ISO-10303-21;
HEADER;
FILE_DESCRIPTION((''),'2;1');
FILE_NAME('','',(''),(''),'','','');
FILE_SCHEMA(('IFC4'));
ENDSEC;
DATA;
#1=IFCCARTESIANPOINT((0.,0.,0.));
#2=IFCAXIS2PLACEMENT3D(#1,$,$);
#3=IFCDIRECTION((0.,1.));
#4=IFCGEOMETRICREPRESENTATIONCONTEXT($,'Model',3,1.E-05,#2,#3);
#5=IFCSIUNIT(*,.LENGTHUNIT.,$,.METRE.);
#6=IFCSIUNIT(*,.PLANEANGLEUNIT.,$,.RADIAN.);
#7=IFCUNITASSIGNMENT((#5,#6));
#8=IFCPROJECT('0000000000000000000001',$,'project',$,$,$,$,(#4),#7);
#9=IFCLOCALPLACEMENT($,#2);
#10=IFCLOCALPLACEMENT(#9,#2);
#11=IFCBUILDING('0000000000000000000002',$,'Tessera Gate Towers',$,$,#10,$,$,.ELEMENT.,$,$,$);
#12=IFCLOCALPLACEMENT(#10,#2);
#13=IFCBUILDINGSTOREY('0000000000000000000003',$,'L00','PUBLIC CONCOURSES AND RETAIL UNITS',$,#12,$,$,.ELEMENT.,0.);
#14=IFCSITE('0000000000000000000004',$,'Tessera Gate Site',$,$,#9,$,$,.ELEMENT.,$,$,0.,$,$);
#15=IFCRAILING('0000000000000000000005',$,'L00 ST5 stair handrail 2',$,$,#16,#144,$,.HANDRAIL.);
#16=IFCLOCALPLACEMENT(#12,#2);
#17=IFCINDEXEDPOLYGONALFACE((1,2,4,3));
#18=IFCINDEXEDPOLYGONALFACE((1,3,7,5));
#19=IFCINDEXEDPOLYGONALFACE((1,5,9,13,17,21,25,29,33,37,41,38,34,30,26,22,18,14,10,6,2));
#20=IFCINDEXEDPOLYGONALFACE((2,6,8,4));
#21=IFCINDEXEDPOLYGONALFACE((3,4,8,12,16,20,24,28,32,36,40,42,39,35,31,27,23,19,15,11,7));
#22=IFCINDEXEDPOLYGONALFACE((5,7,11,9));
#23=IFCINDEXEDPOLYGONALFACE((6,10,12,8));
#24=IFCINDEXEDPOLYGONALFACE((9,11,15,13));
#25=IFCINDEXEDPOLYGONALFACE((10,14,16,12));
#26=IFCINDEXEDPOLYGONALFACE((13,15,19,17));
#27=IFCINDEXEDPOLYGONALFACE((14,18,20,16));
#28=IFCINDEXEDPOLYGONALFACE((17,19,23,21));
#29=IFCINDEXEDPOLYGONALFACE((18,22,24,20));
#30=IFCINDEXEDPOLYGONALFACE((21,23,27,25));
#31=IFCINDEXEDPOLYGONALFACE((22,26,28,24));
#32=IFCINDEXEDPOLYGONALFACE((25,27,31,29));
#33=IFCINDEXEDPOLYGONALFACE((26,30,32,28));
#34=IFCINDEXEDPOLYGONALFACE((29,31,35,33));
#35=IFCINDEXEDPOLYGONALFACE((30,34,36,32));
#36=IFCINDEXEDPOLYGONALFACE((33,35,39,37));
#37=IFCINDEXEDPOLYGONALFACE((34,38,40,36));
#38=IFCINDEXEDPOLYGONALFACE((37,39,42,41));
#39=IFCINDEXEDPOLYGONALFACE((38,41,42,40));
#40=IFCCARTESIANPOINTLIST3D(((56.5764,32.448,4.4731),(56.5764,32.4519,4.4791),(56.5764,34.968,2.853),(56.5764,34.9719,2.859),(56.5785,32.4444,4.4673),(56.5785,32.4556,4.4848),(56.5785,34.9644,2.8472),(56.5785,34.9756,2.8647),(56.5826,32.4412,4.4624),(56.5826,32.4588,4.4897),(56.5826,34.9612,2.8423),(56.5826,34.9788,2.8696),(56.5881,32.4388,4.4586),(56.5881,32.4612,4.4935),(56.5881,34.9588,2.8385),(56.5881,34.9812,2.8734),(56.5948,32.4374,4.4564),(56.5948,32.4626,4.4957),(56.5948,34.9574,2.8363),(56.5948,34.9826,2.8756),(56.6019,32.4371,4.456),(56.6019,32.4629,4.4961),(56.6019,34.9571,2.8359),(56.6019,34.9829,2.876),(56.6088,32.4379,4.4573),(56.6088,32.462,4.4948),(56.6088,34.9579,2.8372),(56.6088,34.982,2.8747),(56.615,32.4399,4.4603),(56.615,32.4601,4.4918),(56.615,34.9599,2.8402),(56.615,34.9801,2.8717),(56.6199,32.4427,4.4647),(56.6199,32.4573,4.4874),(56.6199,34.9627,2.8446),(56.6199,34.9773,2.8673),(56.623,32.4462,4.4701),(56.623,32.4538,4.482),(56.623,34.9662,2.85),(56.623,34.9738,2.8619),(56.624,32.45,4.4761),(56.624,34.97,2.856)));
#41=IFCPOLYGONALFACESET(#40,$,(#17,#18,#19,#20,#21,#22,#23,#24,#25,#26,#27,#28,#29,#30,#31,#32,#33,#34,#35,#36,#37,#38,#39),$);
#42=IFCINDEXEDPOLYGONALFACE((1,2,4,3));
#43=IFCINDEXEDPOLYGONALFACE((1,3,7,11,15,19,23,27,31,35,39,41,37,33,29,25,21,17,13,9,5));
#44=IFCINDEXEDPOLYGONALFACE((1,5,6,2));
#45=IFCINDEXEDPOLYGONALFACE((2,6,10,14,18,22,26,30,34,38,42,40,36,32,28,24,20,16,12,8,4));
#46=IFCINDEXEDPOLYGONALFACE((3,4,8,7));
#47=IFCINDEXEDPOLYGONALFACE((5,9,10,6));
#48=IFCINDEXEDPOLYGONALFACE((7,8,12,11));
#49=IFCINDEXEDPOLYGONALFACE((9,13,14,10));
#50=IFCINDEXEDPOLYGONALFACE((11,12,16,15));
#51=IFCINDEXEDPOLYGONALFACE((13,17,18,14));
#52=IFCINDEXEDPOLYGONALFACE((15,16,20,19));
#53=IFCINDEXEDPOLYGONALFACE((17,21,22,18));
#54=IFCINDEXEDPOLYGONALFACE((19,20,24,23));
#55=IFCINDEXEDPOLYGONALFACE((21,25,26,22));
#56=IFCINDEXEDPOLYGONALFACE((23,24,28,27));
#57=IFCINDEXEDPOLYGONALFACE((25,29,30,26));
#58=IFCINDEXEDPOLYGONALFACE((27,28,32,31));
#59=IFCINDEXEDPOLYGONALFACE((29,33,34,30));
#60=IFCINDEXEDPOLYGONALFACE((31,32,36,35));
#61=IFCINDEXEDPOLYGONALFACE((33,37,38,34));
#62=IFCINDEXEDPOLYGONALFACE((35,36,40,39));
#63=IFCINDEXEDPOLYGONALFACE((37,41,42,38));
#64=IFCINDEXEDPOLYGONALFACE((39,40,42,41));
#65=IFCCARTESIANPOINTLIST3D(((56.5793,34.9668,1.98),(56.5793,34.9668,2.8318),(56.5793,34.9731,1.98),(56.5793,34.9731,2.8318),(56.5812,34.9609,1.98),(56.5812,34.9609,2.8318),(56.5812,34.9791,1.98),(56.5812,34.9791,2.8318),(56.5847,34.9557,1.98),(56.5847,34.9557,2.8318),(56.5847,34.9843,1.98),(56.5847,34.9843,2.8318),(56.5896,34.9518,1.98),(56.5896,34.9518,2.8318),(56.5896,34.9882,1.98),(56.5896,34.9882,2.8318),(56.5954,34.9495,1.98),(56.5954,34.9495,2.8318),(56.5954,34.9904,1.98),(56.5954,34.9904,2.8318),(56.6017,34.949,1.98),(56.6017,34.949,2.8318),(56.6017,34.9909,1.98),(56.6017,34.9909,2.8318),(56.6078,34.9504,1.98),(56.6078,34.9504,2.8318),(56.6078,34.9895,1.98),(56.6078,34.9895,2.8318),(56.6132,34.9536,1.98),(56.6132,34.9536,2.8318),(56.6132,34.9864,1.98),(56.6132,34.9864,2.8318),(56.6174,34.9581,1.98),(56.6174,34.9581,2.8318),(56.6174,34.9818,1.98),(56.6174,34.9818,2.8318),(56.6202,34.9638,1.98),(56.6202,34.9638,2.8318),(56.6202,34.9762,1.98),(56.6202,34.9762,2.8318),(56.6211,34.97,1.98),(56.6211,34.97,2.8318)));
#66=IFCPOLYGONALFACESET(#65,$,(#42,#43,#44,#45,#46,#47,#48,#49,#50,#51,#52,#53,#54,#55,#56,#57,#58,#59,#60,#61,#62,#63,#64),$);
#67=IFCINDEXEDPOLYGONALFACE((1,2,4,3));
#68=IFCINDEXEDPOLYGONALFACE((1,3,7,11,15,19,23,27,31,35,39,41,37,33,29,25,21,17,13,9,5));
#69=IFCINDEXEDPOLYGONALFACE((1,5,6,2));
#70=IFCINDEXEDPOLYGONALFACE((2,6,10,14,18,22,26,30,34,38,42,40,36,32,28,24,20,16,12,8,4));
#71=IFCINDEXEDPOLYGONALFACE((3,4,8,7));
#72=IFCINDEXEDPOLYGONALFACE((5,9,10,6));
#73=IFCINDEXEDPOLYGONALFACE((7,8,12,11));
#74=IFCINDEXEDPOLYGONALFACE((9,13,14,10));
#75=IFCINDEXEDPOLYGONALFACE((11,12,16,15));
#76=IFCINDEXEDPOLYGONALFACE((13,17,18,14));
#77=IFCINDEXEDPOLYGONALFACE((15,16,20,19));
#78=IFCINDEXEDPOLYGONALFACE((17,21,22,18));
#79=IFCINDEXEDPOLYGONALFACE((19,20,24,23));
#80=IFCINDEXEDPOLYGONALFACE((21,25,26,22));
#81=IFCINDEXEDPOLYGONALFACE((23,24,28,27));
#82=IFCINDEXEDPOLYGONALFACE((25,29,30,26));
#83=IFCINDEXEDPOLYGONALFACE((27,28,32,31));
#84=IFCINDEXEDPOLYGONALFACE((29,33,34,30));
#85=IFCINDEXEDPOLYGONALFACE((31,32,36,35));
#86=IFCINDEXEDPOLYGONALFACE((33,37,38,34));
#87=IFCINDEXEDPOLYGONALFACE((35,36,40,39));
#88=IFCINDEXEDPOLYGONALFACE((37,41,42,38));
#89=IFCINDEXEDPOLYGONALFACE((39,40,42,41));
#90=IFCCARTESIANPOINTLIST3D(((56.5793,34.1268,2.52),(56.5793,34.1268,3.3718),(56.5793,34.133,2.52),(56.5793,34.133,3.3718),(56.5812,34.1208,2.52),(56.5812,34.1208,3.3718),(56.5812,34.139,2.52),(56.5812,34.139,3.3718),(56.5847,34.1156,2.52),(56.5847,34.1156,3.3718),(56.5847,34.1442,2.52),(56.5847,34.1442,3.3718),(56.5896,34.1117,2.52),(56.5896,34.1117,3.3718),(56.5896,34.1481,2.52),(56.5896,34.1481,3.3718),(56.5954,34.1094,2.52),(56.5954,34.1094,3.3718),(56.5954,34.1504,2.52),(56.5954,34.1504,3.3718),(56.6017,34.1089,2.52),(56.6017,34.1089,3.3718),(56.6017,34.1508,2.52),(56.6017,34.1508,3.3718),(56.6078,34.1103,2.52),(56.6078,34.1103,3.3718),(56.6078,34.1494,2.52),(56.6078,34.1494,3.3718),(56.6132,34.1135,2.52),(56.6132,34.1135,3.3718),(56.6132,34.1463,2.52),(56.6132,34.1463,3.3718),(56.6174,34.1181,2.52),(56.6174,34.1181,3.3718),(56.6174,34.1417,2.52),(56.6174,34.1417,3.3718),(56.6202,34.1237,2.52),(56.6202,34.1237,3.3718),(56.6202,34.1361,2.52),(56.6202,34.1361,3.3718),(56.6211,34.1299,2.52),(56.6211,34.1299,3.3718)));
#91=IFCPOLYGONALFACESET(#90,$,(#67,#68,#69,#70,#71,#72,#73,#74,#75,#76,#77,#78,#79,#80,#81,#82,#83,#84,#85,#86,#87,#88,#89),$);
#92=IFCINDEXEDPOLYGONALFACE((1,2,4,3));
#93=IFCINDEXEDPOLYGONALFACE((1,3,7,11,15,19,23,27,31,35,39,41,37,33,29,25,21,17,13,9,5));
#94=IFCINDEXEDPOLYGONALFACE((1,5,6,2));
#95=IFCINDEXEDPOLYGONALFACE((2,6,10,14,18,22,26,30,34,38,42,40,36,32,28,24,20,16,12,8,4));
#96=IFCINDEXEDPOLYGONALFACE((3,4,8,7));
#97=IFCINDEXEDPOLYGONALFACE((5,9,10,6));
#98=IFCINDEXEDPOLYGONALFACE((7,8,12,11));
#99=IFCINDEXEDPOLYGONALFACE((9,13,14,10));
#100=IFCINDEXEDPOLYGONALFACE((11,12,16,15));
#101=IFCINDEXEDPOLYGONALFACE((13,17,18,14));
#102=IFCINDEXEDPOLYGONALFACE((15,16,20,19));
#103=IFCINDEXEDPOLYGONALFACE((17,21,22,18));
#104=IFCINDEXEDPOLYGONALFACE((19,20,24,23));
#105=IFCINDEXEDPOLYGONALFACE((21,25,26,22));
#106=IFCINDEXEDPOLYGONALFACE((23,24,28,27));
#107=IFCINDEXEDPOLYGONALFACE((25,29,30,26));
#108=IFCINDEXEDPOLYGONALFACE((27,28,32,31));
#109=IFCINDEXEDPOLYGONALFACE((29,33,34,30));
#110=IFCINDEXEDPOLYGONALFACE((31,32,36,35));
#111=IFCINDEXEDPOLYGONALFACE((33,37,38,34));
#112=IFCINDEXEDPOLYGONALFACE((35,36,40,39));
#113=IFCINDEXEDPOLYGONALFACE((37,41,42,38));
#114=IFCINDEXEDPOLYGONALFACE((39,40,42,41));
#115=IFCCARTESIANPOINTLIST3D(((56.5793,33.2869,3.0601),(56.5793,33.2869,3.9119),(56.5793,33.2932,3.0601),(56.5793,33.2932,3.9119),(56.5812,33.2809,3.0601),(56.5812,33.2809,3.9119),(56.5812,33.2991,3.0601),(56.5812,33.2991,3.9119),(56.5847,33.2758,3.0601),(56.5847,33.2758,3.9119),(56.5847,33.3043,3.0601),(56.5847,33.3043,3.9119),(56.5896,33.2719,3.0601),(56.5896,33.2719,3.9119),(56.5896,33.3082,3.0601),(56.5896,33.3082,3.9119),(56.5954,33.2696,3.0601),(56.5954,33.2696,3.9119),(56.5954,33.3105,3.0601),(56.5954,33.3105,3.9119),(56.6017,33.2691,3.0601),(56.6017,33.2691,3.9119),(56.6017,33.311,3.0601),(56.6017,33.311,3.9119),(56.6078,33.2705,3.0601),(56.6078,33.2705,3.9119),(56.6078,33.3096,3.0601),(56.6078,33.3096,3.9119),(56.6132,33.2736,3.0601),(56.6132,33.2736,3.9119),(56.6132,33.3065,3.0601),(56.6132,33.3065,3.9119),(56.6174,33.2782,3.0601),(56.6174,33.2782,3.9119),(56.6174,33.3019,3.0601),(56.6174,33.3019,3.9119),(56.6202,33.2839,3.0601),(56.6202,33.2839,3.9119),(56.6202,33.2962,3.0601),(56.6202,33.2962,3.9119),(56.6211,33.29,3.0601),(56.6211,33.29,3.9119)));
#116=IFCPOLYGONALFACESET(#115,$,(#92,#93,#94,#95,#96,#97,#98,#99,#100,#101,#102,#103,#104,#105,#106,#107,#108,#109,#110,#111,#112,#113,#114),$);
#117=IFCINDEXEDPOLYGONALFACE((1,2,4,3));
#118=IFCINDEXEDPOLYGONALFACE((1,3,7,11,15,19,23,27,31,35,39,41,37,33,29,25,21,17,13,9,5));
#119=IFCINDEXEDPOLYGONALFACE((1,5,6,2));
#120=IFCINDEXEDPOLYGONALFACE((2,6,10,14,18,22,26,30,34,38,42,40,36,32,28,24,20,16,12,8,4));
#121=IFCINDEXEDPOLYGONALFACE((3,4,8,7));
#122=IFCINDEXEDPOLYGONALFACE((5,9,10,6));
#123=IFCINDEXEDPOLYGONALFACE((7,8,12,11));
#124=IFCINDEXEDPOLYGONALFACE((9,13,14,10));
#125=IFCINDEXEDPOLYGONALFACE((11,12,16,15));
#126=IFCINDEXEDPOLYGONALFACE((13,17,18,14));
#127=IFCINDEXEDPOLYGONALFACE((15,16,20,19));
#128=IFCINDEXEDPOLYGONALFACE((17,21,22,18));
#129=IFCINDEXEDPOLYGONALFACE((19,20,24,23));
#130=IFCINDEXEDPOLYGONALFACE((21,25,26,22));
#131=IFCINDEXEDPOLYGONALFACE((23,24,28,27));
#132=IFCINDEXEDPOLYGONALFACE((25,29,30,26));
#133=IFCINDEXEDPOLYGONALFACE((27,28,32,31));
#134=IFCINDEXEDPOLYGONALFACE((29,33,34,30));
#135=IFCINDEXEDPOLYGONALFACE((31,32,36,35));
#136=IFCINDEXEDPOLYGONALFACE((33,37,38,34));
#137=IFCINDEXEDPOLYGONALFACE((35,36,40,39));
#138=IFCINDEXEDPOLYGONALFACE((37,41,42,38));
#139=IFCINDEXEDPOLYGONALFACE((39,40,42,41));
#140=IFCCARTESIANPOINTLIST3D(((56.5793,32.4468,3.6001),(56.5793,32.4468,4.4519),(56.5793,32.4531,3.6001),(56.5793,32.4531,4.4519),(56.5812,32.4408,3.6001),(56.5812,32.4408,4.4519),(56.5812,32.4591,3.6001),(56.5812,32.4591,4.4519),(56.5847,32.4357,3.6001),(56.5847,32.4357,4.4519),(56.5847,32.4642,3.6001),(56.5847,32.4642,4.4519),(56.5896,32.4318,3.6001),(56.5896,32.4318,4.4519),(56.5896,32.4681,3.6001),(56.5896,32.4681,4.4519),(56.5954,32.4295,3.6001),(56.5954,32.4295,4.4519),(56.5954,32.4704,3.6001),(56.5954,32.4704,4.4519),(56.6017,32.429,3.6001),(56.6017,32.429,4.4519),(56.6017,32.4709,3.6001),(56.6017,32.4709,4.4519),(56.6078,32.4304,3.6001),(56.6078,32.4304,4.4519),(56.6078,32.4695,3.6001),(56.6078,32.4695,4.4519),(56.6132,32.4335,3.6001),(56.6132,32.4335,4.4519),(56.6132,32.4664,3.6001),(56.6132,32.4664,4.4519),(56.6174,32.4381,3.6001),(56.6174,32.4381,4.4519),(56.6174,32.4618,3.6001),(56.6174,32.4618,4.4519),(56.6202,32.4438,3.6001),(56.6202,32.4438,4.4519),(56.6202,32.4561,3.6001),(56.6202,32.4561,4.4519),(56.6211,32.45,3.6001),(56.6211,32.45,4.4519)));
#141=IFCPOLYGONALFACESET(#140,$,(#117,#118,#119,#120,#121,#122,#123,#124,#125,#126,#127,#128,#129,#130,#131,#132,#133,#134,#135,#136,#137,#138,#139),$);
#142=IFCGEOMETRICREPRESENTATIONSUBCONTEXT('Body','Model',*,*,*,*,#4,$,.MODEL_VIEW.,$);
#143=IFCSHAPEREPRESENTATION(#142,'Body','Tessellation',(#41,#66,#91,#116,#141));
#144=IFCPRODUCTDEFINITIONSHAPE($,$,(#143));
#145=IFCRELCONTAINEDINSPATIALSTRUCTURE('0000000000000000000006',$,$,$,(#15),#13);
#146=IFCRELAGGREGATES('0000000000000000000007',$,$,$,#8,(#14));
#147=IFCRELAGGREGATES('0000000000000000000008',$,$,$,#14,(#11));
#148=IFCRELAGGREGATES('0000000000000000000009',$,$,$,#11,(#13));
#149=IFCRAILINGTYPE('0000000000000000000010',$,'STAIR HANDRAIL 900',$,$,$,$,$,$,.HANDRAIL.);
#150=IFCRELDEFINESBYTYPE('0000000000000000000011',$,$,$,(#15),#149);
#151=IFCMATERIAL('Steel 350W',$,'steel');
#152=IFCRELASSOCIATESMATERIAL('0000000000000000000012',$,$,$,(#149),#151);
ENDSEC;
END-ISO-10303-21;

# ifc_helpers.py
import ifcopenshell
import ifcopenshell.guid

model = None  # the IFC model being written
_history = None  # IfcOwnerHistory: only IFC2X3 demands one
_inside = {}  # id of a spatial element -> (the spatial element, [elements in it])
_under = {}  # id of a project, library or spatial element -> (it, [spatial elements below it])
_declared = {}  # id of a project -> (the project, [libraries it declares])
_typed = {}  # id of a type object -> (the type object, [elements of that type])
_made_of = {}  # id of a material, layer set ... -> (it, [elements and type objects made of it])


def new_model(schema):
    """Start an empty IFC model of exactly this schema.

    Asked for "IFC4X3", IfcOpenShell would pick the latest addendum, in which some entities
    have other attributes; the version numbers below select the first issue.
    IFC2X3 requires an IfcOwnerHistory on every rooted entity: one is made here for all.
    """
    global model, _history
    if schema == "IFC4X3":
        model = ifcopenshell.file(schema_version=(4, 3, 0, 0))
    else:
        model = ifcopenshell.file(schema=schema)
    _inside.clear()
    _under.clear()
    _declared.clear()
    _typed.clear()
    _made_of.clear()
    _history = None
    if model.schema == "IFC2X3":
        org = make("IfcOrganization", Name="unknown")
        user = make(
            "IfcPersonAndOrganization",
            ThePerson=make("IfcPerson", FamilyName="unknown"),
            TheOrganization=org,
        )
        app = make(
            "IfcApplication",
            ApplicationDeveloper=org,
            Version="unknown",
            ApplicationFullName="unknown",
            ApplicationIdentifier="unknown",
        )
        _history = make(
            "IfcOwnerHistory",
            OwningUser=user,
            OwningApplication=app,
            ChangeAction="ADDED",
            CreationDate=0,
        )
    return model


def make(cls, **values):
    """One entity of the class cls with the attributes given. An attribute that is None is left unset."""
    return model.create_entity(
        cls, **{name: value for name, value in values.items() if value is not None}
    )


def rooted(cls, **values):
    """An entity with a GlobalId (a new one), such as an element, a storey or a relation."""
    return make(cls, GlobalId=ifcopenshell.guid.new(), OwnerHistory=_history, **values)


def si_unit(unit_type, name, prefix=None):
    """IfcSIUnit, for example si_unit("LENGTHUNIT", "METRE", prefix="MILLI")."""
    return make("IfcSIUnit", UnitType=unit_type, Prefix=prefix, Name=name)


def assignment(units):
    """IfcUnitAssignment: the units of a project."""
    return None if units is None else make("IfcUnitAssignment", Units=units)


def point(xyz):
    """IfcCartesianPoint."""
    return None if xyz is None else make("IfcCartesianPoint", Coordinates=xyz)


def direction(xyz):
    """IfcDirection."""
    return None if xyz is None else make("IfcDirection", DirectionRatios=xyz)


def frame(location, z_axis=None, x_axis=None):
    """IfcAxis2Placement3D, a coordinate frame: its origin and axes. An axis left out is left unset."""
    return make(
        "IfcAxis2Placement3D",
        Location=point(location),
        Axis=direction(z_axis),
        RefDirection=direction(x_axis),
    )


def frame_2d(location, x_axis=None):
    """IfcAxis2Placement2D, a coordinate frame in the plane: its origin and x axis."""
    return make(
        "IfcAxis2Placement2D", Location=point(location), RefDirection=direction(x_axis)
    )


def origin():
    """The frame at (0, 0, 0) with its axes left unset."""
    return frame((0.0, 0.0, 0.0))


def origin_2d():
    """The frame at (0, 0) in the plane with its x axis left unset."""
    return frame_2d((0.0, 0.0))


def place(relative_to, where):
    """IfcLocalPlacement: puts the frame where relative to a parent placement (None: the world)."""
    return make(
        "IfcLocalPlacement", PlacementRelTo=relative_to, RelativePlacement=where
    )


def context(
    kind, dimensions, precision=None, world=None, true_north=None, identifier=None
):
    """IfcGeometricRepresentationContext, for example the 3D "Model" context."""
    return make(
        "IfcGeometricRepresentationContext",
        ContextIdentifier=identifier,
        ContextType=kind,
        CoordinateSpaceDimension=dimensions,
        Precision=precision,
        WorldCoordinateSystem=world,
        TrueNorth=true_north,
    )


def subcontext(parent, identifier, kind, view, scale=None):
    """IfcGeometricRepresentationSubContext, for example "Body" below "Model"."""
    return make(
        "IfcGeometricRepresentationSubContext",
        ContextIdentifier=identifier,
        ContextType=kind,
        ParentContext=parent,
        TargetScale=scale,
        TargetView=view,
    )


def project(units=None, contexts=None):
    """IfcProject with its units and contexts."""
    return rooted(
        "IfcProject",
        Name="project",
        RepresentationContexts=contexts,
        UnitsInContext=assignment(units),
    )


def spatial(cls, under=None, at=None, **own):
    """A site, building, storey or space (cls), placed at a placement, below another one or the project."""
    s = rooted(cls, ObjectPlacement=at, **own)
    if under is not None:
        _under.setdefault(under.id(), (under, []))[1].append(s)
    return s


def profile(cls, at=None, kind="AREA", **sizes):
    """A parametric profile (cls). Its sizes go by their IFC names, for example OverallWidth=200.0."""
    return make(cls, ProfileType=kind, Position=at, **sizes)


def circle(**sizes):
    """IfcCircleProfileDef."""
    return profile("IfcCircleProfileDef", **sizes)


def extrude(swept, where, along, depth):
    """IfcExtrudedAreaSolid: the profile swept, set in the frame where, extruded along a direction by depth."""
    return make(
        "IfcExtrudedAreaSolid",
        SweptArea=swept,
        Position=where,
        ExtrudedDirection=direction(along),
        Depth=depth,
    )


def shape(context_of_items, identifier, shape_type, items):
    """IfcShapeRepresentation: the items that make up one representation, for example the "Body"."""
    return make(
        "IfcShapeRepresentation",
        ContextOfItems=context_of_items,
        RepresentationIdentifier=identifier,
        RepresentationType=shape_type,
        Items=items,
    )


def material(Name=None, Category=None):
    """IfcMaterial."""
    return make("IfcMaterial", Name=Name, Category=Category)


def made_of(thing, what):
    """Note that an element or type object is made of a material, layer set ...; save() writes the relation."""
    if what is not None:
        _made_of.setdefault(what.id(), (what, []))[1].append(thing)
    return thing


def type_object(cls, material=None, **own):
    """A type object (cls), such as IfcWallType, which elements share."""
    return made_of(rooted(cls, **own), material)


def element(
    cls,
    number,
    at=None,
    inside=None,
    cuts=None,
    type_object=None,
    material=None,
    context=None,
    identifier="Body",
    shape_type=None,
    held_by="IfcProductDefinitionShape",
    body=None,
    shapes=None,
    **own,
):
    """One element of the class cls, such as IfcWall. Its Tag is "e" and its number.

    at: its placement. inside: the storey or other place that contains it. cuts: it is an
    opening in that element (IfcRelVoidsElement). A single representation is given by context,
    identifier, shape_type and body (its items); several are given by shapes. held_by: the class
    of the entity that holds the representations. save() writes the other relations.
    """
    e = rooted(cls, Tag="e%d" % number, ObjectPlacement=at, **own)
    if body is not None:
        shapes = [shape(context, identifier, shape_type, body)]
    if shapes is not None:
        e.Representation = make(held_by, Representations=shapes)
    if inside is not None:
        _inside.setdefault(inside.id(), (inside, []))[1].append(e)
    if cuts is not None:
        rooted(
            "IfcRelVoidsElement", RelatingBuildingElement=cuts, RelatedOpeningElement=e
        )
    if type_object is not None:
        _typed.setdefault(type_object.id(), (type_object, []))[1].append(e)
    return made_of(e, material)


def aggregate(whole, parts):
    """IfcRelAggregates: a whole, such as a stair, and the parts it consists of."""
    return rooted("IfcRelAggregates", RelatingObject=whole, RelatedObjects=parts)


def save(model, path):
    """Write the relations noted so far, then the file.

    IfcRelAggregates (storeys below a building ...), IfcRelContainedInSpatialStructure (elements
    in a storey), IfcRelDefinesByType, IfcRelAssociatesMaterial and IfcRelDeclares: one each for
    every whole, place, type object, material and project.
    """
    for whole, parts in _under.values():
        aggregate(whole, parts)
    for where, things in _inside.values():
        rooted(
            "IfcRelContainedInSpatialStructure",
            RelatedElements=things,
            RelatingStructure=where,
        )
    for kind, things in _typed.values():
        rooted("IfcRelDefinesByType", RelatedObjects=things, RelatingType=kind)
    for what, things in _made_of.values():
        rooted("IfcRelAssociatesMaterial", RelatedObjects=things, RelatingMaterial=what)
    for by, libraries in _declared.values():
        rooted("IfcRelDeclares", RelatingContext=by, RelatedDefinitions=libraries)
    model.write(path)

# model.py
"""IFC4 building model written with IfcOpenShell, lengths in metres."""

from ifc_helpers import new_model, si_unit, direction, frame, origin, origin_2d, place, context, subcontext, project, spatial, circle, extrude, material, type_object, element, save


model = new_model("IFC4")

# Units and contexts
model_context = context("Model", 3, precision=1e-05, world=origin(), true_north=direction((0.0, 1.0)))
body_context = subcontext(model_context, "Body", "Model", "MODEL_VIEW")
ifc_project = project(units=[si_unit("LENGTHUNIT", "METRE"), si_unit("PLANEANGLEUNIT", "RADIAN")], contexts=[model_context])

# Site, building, storey
site_placement = place(None, origin())
site = spatial("IfcSite", under=ifc_project, at=site_placement, Name="Tessera Gate Site", CompositionType="ELEMENT", RefElevation=0.0)
building_placement = place(site_placement, origin())
building = spatial("IfcBuilding", under=site, at=building_placement, Name="Tessera Gate Towers", CompositionType="ELEMENT")
storey_placement = place(building_placement, origin())
storey = spatial("IfcBuildingStorey", under=building, at=storey_placement, Name="L00", Description="PUBLIC CONCOURSES AND RETAIL UNITS", CompositionType="ELEMENT", Elevation=0.0)

# Railing
ifc_material_1 = material(Name="Steel 350W", Category="steel")
railing_type_1 = type_object("IfcRailingType", Name="STAIR HANDRAIL 900", PredefinedType="HANDRAIL", material=ifc_material_1)
railing_1_placement = place(storey_placement, frame((56.6001, 34.97, 1.98)))
element("IfcRailing", 1, at=railing_1_placement, inside=storey, type_object=railing_type_1, Name="L00 ST5 stair handrail 2", PredefinedType="HANDRAIL", context=body_context, shape_type="SweptSolid", body=[
    extrude(circle(Radius=0.0239, at=origin_2d()), frame((0.0, 0.0, 0.876), z_axis=(0.0, -0.841163, 0.540782), x_axis=(1.0, 0.0, 0.0)), (0.0, 0.0, 1.0), 2.9958),
    extrude(circle(Radius=0.021, at=origin_2d()), origin(), (0.0, 0.0, 1.0), 0.8518),
    extrude(circle(Radius=0.021, at=origin_2d()), frame((0.0, -0.8401, 0.54)), (0.0, 0.0, 1.0), 0.8518),
    extrude(circle(Radius=0.021, at=origin_2d()), frame((0.0, -1.6799, 1.0801)), (0.0, 0.0, 1.0), 0.8518),
    extrude(circle(Radius=0.021, at=origin_2d()), frame((0.0, -2.52, 1.6201)), (0.0, 0.0, 1.0), 0.8518),
])

save(model, "model.ifc")
